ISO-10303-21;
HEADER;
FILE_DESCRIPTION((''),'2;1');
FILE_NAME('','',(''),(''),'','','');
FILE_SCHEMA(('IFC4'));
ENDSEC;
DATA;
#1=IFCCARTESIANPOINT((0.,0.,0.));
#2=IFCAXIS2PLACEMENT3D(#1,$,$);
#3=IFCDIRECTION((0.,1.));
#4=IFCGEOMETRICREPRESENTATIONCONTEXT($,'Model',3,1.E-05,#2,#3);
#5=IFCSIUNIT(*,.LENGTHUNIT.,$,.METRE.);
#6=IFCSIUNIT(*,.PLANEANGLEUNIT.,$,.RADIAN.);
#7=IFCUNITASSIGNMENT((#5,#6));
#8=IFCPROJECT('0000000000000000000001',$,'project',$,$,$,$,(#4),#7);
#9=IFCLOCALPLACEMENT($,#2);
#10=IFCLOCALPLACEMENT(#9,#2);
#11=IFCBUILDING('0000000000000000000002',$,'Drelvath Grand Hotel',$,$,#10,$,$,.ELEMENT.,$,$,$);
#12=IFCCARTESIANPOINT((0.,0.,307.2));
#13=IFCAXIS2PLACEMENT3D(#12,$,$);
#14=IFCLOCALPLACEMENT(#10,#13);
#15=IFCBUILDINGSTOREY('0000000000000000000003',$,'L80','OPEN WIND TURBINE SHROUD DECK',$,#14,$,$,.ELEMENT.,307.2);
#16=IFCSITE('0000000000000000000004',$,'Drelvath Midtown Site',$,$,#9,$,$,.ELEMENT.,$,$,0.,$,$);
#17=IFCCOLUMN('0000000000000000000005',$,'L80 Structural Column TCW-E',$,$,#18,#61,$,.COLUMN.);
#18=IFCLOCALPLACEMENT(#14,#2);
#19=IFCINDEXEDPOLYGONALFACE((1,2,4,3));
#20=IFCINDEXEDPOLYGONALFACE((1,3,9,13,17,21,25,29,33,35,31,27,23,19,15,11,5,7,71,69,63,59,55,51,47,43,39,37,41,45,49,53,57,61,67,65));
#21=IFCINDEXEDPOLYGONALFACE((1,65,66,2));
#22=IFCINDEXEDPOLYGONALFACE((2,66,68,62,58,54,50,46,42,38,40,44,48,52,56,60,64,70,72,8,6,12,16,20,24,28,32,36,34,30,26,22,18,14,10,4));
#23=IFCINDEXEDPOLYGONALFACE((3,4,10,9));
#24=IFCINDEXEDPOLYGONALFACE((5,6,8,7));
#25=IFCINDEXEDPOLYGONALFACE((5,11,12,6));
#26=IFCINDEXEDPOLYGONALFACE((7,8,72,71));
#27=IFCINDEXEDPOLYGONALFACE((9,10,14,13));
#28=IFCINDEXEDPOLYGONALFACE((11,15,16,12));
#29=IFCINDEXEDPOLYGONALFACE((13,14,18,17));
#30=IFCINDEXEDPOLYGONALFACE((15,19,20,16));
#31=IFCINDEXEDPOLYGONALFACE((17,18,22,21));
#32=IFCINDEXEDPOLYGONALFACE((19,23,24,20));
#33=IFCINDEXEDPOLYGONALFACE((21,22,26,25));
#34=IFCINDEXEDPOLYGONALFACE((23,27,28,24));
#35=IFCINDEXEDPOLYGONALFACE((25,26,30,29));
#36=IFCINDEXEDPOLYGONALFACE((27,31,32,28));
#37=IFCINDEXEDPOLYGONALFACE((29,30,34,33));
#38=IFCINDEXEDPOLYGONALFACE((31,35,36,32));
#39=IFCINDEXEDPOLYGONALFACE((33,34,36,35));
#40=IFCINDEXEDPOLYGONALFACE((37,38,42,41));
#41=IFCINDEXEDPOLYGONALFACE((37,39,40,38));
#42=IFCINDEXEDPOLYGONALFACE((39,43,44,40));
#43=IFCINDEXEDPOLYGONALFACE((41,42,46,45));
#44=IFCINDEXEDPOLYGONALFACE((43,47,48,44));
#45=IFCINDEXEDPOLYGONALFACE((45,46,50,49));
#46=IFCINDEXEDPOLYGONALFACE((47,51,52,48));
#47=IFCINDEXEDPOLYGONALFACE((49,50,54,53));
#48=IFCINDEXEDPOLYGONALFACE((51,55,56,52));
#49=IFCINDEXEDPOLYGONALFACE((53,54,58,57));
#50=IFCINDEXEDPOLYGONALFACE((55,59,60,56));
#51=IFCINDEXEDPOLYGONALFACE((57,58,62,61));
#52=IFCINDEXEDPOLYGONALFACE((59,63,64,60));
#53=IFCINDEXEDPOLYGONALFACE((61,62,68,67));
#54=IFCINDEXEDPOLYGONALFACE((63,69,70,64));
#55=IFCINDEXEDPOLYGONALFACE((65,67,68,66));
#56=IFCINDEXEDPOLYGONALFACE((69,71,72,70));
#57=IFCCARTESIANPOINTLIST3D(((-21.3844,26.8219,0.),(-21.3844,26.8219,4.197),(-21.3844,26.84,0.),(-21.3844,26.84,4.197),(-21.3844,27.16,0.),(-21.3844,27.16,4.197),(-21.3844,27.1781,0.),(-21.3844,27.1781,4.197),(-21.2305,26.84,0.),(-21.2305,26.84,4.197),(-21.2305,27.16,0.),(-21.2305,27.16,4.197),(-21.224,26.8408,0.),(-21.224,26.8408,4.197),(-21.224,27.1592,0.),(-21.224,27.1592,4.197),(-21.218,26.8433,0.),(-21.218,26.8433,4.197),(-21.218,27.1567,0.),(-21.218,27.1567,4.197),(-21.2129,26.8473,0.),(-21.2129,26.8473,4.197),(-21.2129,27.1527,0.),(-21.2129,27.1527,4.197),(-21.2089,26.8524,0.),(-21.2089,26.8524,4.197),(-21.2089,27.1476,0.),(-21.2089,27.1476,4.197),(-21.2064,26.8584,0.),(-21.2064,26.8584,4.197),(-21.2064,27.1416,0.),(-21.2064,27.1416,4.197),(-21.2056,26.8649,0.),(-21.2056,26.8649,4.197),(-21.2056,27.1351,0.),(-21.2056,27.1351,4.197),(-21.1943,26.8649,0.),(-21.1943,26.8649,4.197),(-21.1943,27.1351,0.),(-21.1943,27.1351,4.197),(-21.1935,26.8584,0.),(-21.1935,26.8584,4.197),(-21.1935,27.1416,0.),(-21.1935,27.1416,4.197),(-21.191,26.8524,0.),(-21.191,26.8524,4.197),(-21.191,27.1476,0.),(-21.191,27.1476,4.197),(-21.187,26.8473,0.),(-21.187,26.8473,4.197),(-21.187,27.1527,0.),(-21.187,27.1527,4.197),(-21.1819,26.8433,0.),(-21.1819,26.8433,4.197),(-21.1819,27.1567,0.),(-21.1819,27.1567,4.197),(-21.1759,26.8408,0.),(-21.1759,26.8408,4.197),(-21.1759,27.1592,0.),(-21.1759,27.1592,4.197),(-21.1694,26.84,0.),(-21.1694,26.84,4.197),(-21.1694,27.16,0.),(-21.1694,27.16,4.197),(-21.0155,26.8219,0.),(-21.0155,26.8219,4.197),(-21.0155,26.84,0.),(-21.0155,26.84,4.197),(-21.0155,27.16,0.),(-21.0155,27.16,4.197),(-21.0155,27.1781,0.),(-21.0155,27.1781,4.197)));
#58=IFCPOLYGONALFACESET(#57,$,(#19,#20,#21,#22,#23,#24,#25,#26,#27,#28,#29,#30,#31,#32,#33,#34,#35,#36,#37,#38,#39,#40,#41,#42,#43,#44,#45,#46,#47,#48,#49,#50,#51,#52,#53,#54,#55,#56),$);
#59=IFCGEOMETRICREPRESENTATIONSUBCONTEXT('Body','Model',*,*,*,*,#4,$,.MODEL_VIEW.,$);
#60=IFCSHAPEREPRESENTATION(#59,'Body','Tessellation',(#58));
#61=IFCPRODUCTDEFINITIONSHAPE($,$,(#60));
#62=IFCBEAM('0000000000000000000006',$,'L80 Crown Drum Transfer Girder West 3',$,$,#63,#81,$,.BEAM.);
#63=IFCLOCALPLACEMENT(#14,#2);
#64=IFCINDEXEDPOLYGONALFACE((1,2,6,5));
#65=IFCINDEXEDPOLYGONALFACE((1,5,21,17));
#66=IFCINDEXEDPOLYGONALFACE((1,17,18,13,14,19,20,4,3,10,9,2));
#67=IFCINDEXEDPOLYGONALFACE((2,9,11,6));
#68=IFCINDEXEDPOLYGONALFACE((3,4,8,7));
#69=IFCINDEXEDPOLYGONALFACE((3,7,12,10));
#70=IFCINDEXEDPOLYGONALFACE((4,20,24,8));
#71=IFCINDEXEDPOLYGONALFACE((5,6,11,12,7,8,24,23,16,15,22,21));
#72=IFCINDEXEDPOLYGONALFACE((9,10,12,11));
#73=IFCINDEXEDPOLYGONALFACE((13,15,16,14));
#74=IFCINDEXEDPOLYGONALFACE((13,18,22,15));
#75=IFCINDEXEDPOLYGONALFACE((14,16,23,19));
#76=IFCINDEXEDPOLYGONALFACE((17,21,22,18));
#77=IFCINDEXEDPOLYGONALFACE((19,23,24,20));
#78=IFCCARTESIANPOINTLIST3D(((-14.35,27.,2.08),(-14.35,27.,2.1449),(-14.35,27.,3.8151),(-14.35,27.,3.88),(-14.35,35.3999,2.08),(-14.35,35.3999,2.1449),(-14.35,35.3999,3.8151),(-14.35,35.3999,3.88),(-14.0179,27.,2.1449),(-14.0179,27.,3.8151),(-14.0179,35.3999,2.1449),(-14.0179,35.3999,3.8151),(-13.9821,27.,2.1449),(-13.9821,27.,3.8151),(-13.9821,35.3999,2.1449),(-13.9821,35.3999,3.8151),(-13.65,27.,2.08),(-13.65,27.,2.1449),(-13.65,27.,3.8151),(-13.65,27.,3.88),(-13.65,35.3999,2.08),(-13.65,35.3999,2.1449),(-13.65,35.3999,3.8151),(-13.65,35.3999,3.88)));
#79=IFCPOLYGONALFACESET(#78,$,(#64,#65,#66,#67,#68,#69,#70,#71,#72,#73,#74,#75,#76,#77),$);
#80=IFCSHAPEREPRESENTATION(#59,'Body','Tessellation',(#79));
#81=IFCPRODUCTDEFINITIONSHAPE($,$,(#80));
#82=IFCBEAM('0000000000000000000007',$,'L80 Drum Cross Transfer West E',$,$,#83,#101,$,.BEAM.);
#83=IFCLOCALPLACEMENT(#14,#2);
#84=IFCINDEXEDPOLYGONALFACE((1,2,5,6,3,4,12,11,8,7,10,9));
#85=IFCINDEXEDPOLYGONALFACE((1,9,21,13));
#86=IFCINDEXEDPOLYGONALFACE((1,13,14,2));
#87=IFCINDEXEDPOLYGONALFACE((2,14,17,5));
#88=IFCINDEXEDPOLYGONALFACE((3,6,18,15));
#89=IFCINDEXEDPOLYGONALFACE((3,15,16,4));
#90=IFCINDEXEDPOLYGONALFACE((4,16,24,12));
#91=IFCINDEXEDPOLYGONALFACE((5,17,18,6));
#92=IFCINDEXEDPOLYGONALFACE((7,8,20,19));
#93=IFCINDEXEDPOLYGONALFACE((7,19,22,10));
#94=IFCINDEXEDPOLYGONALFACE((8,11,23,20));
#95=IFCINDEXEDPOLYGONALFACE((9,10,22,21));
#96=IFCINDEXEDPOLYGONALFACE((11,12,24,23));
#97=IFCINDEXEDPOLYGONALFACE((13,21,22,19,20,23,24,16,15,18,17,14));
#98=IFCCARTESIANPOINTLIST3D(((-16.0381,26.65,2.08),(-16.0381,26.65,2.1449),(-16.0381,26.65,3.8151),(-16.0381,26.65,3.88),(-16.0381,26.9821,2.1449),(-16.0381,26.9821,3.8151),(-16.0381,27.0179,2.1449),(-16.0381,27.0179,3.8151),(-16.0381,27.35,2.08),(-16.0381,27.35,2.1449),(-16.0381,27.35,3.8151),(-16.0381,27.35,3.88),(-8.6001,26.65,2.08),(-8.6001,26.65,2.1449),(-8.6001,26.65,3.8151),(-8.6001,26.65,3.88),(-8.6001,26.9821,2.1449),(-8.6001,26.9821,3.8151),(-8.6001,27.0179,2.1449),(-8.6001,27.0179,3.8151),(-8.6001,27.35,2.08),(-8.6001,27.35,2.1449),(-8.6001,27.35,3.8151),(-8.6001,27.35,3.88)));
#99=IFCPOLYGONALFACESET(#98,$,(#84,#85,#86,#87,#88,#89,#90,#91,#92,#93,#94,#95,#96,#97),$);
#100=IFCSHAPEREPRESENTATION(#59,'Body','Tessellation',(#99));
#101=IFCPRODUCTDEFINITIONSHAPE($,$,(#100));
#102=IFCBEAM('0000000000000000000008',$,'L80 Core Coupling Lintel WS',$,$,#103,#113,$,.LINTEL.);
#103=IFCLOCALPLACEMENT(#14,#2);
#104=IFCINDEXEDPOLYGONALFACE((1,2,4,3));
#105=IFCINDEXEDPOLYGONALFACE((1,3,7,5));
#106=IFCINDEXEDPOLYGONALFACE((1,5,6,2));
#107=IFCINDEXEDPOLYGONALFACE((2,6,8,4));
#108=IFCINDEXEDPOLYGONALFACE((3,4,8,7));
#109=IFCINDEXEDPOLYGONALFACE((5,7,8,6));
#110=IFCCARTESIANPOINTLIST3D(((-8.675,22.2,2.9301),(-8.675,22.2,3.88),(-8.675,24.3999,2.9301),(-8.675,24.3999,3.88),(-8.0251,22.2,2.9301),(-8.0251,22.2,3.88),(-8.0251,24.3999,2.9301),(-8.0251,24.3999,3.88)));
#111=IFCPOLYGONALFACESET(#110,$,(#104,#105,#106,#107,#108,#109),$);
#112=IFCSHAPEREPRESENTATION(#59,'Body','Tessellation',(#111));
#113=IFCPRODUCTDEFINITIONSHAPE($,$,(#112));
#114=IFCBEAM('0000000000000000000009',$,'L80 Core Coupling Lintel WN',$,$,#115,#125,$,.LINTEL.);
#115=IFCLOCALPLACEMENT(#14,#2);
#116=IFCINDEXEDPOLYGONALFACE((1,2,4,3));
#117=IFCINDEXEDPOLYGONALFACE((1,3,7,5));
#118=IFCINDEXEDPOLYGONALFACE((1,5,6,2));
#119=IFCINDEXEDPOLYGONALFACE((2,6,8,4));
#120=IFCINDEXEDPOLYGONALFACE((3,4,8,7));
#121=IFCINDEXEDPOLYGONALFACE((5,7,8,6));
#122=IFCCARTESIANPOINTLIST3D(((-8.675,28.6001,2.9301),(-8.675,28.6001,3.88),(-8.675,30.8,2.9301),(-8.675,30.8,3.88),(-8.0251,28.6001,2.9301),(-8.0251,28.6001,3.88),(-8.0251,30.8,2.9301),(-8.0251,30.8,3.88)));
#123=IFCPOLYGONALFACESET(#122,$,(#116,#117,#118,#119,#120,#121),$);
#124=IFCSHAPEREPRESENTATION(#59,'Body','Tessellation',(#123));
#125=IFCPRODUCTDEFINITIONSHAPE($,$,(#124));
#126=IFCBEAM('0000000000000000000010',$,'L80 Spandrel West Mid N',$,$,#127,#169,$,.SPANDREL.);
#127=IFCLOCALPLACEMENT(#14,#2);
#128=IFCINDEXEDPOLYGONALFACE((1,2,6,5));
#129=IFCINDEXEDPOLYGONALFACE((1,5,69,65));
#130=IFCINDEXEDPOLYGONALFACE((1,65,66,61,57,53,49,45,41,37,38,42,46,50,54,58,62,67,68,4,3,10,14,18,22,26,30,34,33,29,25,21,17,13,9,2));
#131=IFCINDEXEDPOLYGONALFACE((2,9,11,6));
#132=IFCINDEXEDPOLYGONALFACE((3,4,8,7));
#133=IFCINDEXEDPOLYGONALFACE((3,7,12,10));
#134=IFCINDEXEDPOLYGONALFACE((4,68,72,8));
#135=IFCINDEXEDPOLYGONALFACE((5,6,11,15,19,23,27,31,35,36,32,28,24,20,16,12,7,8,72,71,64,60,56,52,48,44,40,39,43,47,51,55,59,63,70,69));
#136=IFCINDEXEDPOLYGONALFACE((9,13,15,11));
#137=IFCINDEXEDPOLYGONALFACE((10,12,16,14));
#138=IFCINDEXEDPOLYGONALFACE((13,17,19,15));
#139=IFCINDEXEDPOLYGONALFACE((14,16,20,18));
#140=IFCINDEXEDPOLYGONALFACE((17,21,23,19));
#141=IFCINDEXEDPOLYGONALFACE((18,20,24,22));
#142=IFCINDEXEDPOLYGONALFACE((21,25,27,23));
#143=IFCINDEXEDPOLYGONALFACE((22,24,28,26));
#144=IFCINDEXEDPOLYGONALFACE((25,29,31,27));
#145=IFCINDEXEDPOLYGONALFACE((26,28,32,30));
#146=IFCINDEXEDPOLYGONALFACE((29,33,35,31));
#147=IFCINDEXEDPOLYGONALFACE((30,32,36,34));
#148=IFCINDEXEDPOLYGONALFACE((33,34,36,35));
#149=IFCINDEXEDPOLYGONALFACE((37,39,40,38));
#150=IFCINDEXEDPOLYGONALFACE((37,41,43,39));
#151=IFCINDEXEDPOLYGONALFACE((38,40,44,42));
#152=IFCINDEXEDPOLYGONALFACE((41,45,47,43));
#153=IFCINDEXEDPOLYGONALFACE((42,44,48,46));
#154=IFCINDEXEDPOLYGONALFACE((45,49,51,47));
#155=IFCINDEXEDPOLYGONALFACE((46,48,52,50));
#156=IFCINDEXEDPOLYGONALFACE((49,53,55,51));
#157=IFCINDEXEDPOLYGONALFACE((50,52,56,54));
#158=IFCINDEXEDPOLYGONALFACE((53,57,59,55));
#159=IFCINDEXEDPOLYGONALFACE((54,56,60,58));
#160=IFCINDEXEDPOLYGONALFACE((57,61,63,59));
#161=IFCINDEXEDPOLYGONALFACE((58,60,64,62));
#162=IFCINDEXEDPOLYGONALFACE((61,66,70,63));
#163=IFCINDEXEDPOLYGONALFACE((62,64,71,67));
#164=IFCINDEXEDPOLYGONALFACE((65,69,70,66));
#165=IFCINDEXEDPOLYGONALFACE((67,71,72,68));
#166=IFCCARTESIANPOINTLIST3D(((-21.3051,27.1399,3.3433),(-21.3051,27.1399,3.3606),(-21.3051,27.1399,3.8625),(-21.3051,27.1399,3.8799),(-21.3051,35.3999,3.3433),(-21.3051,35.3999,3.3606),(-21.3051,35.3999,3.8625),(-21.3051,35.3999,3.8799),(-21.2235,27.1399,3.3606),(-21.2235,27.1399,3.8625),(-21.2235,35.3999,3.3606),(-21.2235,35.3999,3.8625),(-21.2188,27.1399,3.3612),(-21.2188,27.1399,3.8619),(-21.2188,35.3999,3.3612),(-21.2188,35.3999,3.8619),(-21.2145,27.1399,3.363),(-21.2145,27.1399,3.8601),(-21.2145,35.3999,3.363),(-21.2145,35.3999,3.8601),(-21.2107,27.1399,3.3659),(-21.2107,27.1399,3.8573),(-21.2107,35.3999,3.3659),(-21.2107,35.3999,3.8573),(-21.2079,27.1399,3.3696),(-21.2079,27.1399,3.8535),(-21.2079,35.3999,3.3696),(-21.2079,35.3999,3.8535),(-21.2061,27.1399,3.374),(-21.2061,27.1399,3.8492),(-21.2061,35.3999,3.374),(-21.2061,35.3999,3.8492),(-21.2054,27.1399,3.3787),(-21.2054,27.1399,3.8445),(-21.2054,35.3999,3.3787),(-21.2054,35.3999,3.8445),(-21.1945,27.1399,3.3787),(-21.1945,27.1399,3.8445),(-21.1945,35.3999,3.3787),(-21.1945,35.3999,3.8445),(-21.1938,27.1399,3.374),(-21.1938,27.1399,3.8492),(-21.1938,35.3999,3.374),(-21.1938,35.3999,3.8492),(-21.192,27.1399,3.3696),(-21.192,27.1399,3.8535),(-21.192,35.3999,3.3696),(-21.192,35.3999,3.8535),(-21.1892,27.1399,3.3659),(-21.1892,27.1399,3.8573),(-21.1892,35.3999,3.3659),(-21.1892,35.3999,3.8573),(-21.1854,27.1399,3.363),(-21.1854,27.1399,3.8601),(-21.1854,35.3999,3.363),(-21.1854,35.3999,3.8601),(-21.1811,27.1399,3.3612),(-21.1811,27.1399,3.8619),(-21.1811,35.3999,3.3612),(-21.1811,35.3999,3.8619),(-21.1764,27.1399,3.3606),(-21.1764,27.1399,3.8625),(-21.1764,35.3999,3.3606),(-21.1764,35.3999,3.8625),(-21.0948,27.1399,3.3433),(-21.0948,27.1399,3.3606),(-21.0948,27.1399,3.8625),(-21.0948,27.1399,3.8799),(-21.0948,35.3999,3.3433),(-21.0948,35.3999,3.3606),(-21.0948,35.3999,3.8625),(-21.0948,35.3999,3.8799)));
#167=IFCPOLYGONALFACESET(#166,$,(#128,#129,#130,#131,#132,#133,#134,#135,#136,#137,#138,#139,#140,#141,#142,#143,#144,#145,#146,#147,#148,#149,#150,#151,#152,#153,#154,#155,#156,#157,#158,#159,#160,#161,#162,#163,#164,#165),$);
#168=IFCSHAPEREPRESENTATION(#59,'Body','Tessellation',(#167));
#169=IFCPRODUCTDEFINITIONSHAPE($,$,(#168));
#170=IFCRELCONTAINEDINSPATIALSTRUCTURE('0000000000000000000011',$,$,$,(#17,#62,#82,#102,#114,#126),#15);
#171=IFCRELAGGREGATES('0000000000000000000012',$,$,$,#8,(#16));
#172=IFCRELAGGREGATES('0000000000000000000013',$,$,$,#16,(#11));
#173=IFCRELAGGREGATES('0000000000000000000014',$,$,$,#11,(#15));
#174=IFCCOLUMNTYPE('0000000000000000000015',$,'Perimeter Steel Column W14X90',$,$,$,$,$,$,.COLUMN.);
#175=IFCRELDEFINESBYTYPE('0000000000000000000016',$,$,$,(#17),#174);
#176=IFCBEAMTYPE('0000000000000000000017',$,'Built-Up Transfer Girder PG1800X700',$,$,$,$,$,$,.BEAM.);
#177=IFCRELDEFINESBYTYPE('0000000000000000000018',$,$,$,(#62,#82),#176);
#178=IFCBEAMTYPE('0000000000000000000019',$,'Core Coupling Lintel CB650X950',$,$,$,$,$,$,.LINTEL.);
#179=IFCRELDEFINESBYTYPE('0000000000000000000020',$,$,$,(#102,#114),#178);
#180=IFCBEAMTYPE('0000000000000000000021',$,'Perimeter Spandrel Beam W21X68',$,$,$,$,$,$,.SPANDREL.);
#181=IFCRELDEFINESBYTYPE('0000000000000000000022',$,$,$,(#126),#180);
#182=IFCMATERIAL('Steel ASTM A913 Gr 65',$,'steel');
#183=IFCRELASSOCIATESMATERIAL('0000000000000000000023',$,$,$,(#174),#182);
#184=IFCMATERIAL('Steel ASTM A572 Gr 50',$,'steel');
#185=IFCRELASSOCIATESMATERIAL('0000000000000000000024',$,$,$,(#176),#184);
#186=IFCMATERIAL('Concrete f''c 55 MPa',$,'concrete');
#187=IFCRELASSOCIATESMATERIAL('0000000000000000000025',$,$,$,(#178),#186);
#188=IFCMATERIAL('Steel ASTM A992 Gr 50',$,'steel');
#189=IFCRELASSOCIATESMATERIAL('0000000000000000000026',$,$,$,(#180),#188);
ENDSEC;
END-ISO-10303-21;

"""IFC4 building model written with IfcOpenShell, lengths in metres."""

from ifc_helpers import new_model, si_unit, direction, frame, origin, origin_2d, place, context, subcontext, project, spatial, rectangle, i_section, extrude, material, material_profile, profile_set, type_object, element, save


model = new_model("IFC4")

# Units and contexts
model_context = context("Model", 3, precision=1e-05, world=origin(), true_north=direction((0.0, 1.0)))
body_context = subcontext(model_context, "Body", "Model", "MODEL_VIEW")
ifc_project = project(units=[si_unit("LENGTHUNIT", "METRE"), si_unit("PLANEANGLEUNIT", "RADIAN")], contexts=[model_context])

# Site, building, storey
site_placement = place(None, origin())
site = spatial("IfcSite", under=ifc_project, at=site_placement, Name="Drelvath Midtown Site", CompositionType="ELEMENT", RefElevation=0.0)
building_placement = place(site_placement, origin())
building = spatial("IfcBuilding", under=site, at=building_placement, Name="Drelvath Grand Hotel", CompositionType="ELEMENT")
storey_placement = place(building_placement, frame((0.0, 0.0, 307.2)))
storey = spatial("IfcBuildingStorey", under=building, at=storey_placement, Name="L80", Description="OPEN WIND TURBINE SHROUD DECK", CompositionType="ELEMENT", Elevation=307.2)

# Column
ifc_material_1 = material(Name="Steel ASTM A913 Gr 65", Category="steel")
ifc_material_profile_1 = material_profile(ifc_material_1, i_section(OverallWidth=0.3689, OverallDepth=0.3562, WebThickness=0.0112, FlangeThickness=0.0181, FilletRadius=0.0249, at=origin_2d()), Name="W14X90")
ifc_profile_set_1 = profile_set([ifc_material_profile_1], Name="Steel ASTM A913 Gr 65")
column_type = type_object("IfcColumnType", Name="Perimeter Steel Column W14X90", PredefinedType="COLUMN", material=ifc_profile_set_1)
column_placement = place(storey_placement, frame((-21.2, 27.0, 0.0), z_axis=(0.0, 0.0, 1.0), x_axis=(1.0, 0.0, 0.0)))
element("IfcColumn", 1, at=column_placement, inside=storey, type_object=column_type, Name="L80 Structural Column TCW-E", PredefinedType="COLUMN", context=body_context, shape_type="SweptSolid", body=[
    extrude(i_section(OverallWidth=0.3689, OverallDepth=0.3562, WebThickness=0.0112, FlangeThickness=0.0181, FilletRadius=0.0249, at=origin_2d()), origin(), (0.0, 0.0, 1.0), 4.197),
])

# Beams
ifc_material_2 = material(Name="Steel ASTM A572 Gr 50", Category="steel")
ifc_material_profile_2 = material_profile(ifc_material_2, i_section(OverallWidth=0.7, OverallDepth=1.8, WebThickness=0.0359, FlangeThickness=0.0649, at=origin_2d()), Name="PG1800X700")
ifc_profile_set_2 = profile_set([ifc_material_profile_2], Name="Steel ASTM A572 Gr 50")
beam_type_1 = type_object("IfcBeamType", Name="Built-Up Transfer Girder PG1800X700", PredefinedType="BEAM", material=ifc_profile_set_2)
beam_1_placement = place(storey_placement, frame((-14.0, 27.0, 2.98), z_axis=(0.0, 1.0, 0.0), x_axis=(-1.0, 0.0, 0.0)))
element("IfcBeam", 2, at=beam_1_placement, inside=storey, type_object=beam_type_1, Name="L80 Crown Drum Transfer Girder West 3", PredefinedType="BEAM", context=body_context, shape_type="SweptSolid", body=[
    extrude(i_section(OverallWidth=0.7, OverallDepth=1.8, WebThickness=0.0359, FlangeThickness=0.0649, at=origin_2d()), origin(), (0.0, 0.0, 1.0), 8.3999),
])
beam_2_placement = place(storey_placement, frame((-16.0381, 27.0, 2.98), z_axis=(1.0, 0.0, 0.0), x_axis=(0.0, 1.0, 0.0)))
element("IfcBeam", 3, at=beam_2_placement, inside=storey, type_object=beam_type_1, Name="L80 Drum Cross Transfer West E", PredefinedType="BEAM", context=body_context, shape_type="SweptSolid", body=[
    extrude(i_section(OverallWidth=0.7, OverallDepth=1.8, WebThickness=0.0359, FlangeThickness=0.0649, at=origin_2d()), origin(), (0.0, 0.0, 1.0), 7.438),
])
ifc_material_3 = material(Name="Concrete f'c 55 MPa", Category="concrete")
ifc_material_profile_3 = material_profile(ifc_material_3, rectangle(XDim=0.6499, YDim=0.95, at=origin_2d()), Name="CB650X950")
ifc_profile_set_3 = profile_set([ifc_material_profile_3], Name="Concrete f'c 55 MPa")
beam_type_2 = type_object("IfcBeamType", Name="Core Coupling Lintel CB650X950", PredefinedType="LINTEL", material=ifc_profile_set_3)
for number, where, z_axis, x_axis, name in (
    (4, (-8.3501, 22.2, 3.405), (0.0, 1.0, 0.0), (-1.0, 0.0, 0.0), "L80 Core Coupling Lintel WS"),
    (5, (-8.3501, 28.6001, 3.405), (0.0, 1.0, 0.0), (-1.0, 0.0, 0.0), "L80 Core Coupling Lintel WN"),
):
    element("IfcBeam", number, at=place(storey_placement, frame(where, z_axis=z_axis, x_axis=x_axis)), inside=storey, type_object=beam_type_2, Name=name, PredefinedType="LINTEL", context=body_context, shape_type="SweptSolid", body=[
        extrude(rectangle(XDim=0.6499, YDim=0.95, at=origin_2d()), origin(), (0.0, 0.0, 1.0), 2.2),
    ])
ifc_material_4 = material(Name="Steel ASTM A992 Gr 50", Category="steel")
ifc_material_profile_4 = material_profile(ifc_material_4, i_section(OverallWidth=0.2102, OverallDepth=0.5366, WebThickness=0.011, FlangeThickness=0.0173, FilletRadius=0.0181, at=origin_2d()), Name="W21X68")
ifc_profile_set_4 = profile_set([ifc_material_profile_4], Name="Steel ASTM A992 Gr 50")
beam_type_3 = type_object("IfcBeamType", Name="Perimeter Spandrel Beam W21X68", PredefinedType="SPANDREL", material=ifc_profile_set_4)
beam_3_placement = place(storey_placement, frame((-21.2, 27.1399, 3.6116), z_axis=(0.0, 1.0, 0.0), x_axis=(-1.0, 0.0, 0.0)))
element("IfcBeam", 6, at=beam_3_placement, inside=storey, type_object=beam_type_3, Name="L80 Spandrel West Mid N", PredefinedType="SPANDREL", context=body_context, shape_type="SweptSolid", body=[
    extrude(i_section(OverallWidth=0.2102, OverallDepth=0.5366, WebThickness=0.011, FlangeThickness=0.0173, FilletRadius=0.0181, at=origin_2d()), origin(), (0.0, 0.0, 1.0), 8.26),
])

save(model, "model.ifc")
